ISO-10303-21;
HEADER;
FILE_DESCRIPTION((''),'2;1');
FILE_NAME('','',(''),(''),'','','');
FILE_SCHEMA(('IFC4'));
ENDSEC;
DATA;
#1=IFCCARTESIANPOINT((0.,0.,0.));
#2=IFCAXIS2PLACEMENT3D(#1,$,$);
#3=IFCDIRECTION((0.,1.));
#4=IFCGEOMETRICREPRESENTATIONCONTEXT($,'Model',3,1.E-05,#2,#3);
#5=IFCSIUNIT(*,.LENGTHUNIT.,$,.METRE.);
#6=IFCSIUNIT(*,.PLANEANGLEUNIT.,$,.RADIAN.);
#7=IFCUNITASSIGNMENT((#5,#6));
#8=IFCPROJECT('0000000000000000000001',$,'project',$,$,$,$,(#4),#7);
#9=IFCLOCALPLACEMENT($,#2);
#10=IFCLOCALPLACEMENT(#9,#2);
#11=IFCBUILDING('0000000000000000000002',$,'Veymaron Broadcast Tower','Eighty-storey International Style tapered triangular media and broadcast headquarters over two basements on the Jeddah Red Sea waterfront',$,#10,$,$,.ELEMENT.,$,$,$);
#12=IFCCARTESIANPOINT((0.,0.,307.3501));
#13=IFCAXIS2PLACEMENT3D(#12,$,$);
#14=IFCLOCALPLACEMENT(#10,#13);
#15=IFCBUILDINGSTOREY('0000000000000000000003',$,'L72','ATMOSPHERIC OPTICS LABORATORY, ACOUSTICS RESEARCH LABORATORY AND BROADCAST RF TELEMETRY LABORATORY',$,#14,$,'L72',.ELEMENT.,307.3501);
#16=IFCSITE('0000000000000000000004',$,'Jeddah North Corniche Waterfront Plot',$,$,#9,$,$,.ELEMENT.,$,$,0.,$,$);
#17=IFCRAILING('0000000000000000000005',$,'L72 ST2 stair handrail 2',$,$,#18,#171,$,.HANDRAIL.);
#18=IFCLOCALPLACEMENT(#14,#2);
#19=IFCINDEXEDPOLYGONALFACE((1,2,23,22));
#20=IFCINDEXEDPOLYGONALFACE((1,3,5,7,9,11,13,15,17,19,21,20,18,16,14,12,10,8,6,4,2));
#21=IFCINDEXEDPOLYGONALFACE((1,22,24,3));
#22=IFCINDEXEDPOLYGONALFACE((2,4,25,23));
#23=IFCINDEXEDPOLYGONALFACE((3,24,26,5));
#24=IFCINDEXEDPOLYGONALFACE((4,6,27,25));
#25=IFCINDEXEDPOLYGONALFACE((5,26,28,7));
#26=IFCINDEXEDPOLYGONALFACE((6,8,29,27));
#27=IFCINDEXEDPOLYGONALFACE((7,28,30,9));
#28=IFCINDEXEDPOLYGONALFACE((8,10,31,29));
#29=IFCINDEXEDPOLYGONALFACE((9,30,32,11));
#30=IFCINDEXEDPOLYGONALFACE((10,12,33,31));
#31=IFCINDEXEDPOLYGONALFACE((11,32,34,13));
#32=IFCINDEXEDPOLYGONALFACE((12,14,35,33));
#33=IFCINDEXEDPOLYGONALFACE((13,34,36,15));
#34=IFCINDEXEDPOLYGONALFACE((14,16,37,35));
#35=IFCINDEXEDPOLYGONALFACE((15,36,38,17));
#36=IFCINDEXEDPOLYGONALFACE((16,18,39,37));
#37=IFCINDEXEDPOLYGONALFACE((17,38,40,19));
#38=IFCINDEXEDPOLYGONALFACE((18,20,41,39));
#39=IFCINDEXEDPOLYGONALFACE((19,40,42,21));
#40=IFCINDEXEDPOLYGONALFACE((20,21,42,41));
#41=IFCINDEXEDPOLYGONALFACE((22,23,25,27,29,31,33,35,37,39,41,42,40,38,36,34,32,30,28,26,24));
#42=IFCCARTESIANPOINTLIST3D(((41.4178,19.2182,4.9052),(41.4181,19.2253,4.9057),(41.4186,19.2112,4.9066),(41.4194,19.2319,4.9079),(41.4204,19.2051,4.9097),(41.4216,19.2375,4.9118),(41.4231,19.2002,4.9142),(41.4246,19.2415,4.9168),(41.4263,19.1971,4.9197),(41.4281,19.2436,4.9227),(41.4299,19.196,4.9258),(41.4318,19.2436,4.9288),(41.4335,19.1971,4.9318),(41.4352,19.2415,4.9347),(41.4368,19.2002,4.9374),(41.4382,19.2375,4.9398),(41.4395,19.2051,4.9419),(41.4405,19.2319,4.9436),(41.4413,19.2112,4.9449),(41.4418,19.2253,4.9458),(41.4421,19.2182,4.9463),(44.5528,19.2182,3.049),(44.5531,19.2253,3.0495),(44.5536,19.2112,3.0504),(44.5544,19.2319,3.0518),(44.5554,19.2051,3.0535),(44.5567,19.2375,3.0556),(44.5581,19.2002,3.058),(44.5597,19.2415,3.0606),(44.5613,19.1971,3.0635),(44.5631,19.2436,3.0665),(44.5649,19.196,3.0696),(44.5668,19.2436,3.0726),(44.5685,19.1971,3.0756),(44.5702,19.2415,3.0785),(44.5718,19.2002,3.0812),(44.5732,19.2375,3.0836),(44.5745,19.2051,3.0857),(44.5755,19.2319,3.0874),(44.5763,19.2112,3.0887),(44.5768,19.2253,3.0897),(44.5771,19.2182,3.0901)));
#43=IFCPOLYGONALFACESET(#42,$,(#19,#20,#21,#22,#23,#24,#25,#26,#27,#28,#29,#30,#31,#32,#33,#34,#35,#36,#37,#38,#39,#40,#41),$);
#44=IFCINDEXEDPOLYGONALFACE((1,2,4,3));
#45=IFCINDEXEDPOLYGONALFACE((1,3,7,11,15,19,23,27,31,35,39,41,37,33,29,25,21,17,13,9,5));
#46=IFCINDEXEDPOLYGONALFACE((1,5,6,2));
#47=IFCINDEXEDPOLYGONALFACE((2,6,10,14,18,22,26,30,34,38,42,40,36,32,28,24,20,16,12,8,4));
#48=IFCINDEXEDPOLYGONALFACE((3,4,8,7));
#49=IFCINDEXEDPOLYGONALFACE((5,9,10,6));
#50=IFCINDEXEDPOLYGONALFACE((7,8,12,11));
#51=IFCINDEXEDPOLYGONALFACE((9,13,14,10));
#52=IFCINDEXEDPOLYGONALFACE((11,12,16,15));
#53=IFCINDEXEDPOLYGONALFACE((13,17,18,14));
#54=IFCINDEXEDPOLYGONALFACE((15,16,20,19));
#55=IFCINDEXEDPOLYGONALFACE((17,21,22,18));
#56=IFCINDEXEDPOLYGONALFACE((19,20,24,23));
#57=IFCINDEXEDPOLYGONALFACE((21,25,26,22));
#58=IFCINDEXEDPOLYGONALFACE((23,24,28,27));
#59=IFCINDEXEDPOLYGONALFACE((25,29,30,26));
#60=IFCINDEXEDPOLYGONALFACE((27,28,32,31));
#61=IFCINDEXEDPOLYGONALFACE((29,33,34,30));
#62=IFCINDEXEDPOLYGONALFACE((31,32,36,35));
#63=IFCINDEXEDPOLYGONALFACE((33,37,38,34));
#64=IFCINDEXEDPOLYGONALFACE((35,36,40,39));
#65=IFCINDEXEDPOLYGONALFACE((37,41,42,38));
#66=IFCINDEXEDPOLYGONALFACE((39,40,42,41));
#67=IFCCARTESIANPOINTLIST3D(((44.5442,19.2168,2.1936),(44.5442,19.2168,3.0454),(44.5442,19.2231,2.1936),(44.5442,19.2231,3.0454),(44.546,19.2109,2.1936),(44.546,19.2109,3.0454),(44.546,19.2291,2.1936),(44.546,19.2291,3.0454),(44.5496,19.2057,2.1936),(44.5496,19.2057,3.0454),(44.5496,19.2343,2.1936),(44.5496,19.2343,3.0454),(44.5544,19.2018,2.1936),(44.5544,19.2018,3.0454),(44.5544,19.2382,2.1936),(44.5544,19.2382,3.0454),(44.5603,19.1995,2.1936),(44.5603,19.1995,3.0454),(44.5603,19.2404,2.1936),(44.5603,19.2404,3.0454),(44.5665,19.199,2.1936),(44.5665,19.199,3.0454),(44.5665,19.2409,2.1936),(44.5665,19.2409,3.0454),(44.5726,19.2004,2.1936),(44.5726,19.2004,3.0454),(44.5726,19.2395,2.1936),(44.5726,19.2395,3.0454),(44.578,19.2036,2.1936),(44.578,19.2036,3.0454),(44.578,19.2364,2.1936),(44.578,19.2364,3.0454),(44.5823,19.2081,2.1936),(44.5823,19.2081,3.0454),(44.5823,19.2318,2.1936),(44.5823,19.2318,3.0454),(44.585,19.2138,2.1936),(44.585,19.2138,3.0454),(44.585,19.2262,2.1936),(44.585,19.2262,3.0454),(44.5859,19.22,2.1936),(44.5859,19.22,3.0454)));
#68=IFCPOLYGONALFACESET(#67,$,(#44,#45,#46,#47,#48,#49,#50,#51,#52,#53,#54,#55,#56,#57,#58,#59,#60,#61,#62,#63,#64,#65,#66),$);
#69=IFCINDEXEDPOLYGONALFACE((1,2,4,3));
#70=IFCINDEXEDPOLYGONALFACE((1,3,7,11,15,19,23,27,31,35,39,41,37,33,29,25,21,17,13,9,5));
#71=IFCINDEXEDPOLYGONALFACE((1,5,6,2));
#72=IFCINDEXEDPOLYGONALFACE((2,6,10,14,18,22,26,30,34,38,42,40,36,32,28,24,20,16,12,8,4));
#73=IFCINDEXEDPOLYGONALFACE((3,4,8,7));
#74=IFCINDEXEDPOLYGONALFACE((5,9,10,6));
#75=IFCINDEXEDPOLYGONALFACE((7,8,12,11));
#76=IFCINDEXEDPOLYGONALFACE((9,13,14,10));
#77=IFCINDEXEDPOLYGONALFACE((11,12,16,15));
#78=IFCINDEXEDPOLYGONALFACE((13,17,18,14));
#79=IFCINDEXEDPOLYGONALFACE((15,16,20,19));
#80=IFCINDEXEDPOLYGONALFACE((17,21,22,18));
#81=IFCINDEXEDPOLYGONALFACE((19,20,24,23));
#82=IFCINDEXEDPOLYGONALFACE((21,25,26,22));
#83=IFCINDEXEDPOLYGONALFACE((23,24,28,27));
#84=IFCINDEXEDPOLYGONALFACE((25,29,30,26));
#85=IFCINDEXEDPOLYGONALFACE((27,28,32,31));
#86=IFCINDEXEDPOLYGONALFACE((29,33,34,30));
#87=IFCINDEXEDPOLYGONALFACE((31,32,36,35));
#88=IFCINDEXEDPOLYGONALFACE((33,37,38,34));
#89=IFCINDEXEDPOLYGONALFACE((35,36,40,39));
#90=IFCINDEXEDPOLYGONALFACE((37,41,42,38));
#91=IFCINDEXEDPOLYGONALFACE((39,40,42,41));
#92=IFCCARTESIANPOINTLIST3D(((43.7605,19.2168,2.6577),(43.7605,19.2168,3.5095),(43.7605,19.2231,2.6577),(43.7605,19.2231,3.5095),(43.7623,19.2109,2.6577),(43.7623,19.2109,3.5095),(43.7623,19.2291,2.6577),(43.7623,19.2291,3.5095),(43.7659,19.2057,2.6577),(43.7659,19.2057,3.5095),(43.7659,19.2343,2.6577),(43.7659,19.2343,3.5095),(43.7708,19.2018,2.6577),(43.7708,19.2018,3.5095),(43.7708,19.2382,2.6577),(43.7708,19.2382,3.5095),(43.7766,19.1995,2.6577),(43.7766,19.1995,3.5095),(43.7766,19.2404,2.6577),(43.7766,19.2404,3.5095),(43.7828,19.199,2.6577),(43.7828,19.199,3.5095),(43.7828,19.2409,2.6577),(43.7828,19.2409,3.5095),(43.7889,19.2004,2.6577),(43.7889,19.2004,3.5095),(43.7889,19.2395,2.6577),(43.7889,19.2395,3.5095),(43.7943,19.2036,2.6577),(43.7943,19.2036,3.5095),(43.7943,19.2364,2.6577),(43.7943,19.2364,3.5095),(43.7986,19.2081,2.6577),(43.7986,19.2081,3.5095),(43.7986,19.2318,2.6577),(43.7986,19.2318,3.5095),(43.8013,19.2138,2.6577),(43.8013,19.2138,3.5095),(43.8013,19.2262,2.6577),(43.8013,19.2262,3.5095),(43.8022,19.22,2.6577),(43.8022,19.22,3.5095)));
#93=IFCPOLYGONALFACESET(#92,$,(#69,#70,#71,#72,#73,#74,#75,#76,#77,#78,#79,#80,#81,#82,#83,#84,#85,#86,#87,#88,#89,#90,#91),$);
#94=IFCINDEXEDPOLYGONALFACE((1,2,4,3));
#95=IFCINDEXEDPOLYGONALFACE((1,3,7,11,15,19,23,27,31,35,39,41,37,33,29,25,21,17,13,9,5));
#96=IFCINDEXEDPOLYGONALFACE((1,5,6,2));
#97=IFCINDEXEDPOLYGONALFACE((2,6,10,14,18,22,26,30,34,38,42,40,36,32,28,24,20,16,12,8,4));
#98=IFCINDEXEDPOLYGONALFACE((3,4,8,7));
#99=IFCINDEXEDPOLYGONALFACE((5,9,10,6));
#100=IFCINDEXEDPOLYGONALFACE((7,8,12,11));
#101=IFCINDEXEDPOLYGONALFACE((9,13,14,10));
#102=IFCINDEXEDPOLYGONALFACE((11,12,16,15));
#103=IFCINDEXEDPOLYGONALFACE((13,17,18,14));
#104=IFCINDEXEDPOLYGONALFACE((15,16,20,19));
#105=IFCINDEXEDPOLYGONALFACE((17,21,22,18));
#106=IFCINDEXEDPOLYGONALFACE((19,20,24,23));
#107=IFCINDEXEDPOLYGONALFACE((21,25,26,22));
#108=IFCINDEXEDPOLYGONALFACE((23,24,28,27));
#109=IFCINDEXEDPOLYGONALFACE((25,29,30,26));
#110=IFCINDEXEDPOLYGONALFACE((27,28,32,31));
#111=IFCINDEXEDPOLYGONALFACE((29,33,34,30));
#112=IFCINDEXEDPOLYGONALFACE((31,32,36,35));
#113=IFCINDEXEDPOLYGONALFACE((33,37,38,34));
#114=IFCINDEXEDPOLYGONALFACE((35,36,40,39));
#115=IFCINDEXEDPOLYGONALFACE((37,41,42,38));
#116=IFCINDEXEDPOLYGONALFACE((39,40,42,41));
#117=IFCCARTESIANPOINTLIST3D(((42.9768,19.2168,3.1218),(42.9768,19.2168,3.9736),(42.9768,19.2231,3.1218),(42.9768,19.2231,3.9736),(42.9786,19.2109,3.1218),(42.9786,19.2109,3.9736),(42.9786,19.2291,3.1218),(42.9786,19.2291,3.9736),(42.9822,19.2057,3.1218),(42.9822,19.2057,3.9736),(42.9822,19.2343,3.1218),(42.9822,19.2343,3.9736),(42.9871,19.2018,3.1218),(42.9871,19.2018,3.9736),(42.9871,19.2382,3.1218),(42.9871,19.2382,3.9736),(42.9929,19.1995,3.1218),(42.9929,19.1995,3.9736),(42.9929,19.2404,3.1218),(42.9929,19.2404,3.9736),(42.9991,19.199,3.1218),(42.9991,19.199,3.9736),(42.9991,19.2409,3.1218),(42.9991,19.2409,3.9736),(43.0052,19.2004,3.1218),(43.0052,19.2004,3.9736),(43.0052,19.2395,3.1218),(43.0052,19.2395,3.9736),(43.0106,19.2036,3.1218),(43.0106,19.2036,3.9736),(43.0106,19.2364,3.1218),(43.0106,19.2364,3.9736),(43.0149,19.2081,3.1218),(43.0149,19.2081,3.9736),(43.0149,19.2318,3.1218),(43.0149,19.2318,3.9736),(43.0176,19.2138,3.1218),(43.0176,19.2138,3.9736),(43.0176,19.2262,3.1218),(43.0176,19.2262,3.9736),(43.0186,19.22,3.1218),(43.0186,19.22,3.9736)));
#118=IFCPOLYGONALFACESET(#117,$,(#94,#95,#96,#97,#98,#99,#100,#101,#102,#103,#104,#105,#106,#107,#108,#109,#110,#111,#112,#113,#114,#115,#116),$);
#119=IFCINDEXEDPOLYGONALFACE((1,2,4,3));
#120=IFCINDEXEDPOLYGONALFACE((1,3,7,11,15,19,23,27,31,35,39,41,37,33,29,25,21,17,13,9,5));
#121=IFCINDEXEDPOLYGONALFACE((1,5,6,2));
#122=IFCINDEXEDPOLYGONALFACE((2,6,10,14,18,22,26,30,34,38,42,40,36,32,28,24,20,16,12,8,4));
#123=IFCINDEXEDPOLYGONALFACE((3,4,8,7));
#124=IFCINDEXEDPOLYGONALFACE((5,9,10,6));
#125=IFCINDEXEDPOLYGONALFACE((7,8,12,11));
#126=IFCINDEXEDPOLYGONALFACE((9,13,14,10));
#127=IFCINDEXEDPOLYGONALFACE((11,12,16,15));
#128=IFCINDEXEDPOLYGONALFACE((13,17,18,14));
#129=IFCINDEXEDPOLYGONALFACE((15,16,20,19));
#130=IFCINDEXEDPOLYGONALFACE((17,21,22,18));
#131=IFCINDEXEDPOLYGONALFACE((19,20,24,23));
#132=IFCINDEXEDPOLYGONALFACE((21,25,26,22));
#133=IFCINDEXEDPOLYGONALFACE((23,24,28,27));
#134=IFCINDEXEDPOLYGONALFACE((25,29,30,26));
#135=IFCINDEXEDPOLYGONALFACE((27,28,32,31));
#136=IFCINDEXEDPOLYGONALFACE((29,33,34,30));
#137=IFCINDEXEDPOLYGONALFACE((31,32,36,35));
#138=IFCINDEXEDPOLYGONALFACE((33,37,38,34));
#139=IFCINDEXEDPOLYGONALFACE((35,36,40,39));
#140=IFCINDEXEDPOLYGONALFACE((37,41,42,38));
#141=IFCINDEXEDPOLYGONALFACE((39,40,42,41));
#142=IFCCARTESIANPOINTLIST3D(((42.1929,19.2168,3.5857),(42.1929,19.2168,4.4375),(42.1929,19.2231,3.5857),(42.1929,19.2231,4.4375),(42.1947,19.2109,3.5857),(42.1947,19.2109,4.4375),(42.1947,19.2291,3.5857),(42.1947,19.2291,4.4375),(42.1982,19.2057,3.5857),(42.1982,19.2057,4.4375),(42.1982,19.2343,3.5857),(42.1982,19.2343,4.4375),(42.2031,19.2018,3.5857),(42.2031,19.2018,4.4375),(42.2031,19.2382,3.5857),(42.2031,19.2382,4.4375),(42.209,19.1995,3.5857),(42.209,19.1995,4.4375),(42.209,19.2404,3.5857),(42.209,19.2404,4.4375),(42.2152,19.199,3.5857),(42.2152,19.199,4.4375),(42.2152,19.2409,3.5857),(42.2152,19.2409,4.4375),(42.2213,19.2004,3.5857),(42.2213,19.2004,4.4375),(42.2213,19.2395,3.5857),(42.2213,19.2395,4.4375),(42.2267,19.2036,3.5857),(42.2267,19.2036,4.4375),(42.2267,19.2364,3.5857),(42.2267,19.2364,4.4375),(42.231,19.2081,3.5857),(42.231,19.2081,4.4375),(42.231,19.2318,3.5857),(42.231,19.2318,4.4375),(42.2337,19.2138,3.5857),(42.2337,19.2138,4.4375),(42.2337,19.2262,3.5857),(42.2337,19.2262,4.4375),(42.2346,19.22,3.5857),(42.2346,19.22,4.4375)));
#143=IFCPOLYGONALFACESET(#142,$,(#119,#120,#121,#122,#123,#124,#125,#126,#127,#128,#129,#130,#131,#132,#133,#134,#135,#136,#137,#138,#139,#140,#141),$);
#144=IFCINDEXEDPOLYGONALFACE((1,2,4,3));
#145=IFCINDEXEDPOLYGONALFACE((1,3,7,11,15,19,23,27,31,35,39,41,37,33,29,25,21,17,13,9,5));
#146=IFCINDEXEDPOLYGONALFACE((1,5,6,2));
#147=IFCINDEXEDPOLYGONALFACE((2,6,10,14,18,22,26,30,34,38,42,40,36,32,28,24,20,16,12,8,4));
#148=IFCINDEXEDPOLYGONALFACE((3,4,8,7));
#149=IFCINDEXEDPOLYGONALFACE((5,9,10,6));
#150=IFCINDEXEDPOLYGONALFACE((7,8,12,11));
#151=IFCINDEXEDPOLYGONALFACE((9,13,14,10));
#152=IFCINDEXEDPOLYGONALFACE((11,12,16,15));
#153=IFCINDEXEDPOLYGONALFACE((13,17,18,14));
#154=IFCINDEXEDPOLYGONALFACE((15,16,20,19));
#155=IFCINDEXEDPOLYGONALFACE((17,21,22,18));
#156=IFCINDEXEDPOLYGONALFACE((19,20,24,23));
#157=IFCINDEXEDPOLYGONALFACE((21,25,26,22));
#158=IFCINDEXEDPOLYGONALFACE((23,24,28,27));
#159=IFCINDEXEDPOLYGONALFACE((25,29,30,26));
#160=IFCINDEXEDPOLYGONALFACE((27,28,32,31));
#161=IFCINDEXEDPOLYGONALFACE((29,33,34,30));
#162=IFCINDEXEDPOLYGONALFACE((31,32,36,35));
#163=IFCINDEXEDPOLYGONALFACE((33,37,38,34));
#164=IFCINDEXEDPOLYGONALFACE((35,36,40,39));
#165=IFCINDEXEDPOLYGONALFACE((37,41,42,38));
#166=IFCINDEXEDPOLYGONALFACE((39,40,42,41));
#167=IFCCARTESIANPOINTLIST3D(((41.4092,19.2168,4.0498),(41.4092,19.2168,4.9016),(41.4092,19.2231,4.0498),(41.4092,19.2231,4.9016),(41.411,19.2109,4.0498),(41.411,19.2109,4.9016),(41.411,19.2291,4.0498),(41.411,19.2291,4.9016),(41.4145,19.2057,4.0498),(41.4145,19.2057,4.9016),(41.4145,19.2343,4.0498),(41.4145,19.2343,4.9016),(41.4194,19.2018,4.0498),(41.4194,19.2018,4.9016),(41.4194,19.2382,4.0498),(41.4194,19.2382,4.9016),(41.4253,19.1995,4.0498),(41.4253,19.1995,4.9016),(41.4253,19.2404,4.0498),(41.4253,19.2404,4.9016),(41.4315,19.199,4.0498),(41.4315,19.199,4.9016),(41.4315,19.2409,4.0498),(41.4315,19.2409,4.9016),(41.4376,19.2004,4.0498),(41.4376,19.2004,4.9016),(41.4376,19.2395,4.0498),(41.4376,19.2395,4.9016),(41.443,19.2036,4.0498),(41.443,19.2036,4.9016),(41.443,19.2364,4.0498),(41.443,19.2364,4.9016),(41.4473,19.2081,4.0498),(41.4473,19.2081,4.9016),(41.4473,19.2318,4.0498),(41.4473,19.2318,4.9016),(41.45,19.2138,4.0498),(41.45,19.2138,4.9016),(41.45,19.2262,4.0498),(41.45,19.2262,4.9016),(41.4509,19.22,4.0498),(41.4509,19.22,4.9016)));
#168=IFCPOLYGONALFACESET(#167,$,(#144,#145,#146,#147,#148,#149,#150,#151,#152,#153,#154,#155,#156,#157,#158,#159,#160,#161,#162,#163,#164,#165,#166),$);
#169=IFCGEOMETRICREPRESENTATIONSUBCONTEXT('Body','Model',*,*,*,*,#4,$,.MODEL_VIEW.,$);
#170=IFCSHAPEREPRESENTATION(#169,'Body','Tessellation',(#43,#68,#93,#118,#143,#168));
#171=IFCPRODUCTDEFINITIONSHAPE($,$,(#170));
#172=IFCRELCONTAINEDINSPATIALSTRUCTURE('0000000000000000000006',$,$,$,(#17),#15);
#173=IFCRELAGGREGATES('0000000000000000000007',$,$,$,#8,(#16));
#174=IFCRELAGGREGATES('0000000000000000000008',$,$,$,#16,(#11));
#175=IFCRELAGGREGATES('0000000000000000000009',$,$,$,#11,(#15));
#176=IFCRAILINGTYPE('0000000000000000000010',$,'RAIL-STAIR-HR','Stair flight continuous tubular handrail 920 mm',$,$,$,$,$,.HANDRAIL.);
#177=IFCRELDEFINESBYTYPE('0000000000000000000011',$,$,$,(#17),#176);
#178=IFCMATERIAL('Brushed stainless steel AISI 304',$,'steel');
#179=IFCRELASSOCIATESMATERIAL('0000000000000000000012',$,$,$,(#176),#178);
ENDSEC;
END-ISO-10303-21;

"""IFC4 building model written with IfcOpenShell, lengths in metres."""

from ifc_helpers import new_model, si_unit, direction, frame, origin, origin_2d, place, context, subcontext, project, spatial, circle, extrude, material, type_object, element, save


model = new_model("IFC4")

# Units and contexts
model_context = context("Model", 3, precision=1e-05, world=origin(), true_north=direction((0.0, 1.0)))
body_context = subcontext(model_context, "Body", "Model", "MODEL_VIEW")
ifc_project = project(units=[si_unit("LENGTHUNIT", "METRE"), si_unit("PLANEANGLEUNIT", "RADIAN")], contexts=[model_context])

# Site, building, storey
site_placement = place(None, origin())
site = spatial("IfcSite", under=ifc_project, at=site_placement, Name="Jeddah North Corniche Waterfront Plot", CompositionType="ELEMENT", RefElevation=0.0)
building_placement = place(site_placement, origin())
building = spatial("IfcBuilding", under=site, at=building_placement, Name="Veymaron Broadcast Tower", Description="Eighty-storey International Style tapered triangular media and broadcast headquarters over two basements on the Jeddah Red Sea waterfront", CompositionType="ELEMENT")
storey_placement = place(building_placement, frame((0.0, 0.0, 307.3501)))
storey = spatial("IfcBuildingStorey", under=building, at=storey_placement, Name="L72", Description="ATMOSPHERIC OPTICS LABORATORY, ACOUSTICS RESEARCH LABORATORY AND BROADCAST RF TELEMETRY LABORATORY", LongName="L72", CompositionType="ELEMENT", Elevation=307.3501)

# Railing
ifc_material_1 = material(Name="Brushed stainless steel AISI 304", Category="steel")
railing_type_1 = type_object("IfcRailingType", Name="RAIL-STAIR-HR", Description="Stair flight continuous tubular handrail 920 mm", PredefinedType="HANDRAIL", material=ifc_material_1)
railing_1_placement = place(storey_placement, frame((44.5649, 19.22, 2.1936)))
element("IfcRailing", 1, at=railing_1_placement, inside=storey, type_object=railing_type_1, Name="L72 ST2 stair handrail 2", PredefinedType="HANDRAIL", context=body_context, shape_type="SweptSolid", body=[
    extrude(circle(Radius=0.0239, at=origin_2d()), frame((0.0, 0.0, 0.876), z_axis=(-0.860482, 0.0, 0.509481), x_axis=(0.0, -1.0, 0.0)), (0.0, 0.0, 1.0), 3.6433),
    extrude(circle(Radius=0.021, at=origin_2d()), origin(), (0.0, 0.0, 1.0), 0.8518),
    extrude(circle(Radius=0.021, at=origin_2d()), frame((-0.7837, 0.0, 0.4641)), (0.0, 0.0, 1.0), 0.8518),
    extrude(circle(Radius=0.021, at=origin_2d()), frame((-1.5674, 0.0, 0.9282)), (0.0, 0.0, 1.0), 0.8518),
    extrude(circle(Radius=0.021, at=origin_2d()), frame((-2.3513, 0.0, 1.3921)), (0.0, 0.0, 1.0), 0.8518),
    extrude(circle(Radius=0.021, at=origin_2d()), frame((-3.135, 0.0, 1.8562)), (0.0, 0.0, 1.0), 0.8518),
])

save(model, "model.ifc")
